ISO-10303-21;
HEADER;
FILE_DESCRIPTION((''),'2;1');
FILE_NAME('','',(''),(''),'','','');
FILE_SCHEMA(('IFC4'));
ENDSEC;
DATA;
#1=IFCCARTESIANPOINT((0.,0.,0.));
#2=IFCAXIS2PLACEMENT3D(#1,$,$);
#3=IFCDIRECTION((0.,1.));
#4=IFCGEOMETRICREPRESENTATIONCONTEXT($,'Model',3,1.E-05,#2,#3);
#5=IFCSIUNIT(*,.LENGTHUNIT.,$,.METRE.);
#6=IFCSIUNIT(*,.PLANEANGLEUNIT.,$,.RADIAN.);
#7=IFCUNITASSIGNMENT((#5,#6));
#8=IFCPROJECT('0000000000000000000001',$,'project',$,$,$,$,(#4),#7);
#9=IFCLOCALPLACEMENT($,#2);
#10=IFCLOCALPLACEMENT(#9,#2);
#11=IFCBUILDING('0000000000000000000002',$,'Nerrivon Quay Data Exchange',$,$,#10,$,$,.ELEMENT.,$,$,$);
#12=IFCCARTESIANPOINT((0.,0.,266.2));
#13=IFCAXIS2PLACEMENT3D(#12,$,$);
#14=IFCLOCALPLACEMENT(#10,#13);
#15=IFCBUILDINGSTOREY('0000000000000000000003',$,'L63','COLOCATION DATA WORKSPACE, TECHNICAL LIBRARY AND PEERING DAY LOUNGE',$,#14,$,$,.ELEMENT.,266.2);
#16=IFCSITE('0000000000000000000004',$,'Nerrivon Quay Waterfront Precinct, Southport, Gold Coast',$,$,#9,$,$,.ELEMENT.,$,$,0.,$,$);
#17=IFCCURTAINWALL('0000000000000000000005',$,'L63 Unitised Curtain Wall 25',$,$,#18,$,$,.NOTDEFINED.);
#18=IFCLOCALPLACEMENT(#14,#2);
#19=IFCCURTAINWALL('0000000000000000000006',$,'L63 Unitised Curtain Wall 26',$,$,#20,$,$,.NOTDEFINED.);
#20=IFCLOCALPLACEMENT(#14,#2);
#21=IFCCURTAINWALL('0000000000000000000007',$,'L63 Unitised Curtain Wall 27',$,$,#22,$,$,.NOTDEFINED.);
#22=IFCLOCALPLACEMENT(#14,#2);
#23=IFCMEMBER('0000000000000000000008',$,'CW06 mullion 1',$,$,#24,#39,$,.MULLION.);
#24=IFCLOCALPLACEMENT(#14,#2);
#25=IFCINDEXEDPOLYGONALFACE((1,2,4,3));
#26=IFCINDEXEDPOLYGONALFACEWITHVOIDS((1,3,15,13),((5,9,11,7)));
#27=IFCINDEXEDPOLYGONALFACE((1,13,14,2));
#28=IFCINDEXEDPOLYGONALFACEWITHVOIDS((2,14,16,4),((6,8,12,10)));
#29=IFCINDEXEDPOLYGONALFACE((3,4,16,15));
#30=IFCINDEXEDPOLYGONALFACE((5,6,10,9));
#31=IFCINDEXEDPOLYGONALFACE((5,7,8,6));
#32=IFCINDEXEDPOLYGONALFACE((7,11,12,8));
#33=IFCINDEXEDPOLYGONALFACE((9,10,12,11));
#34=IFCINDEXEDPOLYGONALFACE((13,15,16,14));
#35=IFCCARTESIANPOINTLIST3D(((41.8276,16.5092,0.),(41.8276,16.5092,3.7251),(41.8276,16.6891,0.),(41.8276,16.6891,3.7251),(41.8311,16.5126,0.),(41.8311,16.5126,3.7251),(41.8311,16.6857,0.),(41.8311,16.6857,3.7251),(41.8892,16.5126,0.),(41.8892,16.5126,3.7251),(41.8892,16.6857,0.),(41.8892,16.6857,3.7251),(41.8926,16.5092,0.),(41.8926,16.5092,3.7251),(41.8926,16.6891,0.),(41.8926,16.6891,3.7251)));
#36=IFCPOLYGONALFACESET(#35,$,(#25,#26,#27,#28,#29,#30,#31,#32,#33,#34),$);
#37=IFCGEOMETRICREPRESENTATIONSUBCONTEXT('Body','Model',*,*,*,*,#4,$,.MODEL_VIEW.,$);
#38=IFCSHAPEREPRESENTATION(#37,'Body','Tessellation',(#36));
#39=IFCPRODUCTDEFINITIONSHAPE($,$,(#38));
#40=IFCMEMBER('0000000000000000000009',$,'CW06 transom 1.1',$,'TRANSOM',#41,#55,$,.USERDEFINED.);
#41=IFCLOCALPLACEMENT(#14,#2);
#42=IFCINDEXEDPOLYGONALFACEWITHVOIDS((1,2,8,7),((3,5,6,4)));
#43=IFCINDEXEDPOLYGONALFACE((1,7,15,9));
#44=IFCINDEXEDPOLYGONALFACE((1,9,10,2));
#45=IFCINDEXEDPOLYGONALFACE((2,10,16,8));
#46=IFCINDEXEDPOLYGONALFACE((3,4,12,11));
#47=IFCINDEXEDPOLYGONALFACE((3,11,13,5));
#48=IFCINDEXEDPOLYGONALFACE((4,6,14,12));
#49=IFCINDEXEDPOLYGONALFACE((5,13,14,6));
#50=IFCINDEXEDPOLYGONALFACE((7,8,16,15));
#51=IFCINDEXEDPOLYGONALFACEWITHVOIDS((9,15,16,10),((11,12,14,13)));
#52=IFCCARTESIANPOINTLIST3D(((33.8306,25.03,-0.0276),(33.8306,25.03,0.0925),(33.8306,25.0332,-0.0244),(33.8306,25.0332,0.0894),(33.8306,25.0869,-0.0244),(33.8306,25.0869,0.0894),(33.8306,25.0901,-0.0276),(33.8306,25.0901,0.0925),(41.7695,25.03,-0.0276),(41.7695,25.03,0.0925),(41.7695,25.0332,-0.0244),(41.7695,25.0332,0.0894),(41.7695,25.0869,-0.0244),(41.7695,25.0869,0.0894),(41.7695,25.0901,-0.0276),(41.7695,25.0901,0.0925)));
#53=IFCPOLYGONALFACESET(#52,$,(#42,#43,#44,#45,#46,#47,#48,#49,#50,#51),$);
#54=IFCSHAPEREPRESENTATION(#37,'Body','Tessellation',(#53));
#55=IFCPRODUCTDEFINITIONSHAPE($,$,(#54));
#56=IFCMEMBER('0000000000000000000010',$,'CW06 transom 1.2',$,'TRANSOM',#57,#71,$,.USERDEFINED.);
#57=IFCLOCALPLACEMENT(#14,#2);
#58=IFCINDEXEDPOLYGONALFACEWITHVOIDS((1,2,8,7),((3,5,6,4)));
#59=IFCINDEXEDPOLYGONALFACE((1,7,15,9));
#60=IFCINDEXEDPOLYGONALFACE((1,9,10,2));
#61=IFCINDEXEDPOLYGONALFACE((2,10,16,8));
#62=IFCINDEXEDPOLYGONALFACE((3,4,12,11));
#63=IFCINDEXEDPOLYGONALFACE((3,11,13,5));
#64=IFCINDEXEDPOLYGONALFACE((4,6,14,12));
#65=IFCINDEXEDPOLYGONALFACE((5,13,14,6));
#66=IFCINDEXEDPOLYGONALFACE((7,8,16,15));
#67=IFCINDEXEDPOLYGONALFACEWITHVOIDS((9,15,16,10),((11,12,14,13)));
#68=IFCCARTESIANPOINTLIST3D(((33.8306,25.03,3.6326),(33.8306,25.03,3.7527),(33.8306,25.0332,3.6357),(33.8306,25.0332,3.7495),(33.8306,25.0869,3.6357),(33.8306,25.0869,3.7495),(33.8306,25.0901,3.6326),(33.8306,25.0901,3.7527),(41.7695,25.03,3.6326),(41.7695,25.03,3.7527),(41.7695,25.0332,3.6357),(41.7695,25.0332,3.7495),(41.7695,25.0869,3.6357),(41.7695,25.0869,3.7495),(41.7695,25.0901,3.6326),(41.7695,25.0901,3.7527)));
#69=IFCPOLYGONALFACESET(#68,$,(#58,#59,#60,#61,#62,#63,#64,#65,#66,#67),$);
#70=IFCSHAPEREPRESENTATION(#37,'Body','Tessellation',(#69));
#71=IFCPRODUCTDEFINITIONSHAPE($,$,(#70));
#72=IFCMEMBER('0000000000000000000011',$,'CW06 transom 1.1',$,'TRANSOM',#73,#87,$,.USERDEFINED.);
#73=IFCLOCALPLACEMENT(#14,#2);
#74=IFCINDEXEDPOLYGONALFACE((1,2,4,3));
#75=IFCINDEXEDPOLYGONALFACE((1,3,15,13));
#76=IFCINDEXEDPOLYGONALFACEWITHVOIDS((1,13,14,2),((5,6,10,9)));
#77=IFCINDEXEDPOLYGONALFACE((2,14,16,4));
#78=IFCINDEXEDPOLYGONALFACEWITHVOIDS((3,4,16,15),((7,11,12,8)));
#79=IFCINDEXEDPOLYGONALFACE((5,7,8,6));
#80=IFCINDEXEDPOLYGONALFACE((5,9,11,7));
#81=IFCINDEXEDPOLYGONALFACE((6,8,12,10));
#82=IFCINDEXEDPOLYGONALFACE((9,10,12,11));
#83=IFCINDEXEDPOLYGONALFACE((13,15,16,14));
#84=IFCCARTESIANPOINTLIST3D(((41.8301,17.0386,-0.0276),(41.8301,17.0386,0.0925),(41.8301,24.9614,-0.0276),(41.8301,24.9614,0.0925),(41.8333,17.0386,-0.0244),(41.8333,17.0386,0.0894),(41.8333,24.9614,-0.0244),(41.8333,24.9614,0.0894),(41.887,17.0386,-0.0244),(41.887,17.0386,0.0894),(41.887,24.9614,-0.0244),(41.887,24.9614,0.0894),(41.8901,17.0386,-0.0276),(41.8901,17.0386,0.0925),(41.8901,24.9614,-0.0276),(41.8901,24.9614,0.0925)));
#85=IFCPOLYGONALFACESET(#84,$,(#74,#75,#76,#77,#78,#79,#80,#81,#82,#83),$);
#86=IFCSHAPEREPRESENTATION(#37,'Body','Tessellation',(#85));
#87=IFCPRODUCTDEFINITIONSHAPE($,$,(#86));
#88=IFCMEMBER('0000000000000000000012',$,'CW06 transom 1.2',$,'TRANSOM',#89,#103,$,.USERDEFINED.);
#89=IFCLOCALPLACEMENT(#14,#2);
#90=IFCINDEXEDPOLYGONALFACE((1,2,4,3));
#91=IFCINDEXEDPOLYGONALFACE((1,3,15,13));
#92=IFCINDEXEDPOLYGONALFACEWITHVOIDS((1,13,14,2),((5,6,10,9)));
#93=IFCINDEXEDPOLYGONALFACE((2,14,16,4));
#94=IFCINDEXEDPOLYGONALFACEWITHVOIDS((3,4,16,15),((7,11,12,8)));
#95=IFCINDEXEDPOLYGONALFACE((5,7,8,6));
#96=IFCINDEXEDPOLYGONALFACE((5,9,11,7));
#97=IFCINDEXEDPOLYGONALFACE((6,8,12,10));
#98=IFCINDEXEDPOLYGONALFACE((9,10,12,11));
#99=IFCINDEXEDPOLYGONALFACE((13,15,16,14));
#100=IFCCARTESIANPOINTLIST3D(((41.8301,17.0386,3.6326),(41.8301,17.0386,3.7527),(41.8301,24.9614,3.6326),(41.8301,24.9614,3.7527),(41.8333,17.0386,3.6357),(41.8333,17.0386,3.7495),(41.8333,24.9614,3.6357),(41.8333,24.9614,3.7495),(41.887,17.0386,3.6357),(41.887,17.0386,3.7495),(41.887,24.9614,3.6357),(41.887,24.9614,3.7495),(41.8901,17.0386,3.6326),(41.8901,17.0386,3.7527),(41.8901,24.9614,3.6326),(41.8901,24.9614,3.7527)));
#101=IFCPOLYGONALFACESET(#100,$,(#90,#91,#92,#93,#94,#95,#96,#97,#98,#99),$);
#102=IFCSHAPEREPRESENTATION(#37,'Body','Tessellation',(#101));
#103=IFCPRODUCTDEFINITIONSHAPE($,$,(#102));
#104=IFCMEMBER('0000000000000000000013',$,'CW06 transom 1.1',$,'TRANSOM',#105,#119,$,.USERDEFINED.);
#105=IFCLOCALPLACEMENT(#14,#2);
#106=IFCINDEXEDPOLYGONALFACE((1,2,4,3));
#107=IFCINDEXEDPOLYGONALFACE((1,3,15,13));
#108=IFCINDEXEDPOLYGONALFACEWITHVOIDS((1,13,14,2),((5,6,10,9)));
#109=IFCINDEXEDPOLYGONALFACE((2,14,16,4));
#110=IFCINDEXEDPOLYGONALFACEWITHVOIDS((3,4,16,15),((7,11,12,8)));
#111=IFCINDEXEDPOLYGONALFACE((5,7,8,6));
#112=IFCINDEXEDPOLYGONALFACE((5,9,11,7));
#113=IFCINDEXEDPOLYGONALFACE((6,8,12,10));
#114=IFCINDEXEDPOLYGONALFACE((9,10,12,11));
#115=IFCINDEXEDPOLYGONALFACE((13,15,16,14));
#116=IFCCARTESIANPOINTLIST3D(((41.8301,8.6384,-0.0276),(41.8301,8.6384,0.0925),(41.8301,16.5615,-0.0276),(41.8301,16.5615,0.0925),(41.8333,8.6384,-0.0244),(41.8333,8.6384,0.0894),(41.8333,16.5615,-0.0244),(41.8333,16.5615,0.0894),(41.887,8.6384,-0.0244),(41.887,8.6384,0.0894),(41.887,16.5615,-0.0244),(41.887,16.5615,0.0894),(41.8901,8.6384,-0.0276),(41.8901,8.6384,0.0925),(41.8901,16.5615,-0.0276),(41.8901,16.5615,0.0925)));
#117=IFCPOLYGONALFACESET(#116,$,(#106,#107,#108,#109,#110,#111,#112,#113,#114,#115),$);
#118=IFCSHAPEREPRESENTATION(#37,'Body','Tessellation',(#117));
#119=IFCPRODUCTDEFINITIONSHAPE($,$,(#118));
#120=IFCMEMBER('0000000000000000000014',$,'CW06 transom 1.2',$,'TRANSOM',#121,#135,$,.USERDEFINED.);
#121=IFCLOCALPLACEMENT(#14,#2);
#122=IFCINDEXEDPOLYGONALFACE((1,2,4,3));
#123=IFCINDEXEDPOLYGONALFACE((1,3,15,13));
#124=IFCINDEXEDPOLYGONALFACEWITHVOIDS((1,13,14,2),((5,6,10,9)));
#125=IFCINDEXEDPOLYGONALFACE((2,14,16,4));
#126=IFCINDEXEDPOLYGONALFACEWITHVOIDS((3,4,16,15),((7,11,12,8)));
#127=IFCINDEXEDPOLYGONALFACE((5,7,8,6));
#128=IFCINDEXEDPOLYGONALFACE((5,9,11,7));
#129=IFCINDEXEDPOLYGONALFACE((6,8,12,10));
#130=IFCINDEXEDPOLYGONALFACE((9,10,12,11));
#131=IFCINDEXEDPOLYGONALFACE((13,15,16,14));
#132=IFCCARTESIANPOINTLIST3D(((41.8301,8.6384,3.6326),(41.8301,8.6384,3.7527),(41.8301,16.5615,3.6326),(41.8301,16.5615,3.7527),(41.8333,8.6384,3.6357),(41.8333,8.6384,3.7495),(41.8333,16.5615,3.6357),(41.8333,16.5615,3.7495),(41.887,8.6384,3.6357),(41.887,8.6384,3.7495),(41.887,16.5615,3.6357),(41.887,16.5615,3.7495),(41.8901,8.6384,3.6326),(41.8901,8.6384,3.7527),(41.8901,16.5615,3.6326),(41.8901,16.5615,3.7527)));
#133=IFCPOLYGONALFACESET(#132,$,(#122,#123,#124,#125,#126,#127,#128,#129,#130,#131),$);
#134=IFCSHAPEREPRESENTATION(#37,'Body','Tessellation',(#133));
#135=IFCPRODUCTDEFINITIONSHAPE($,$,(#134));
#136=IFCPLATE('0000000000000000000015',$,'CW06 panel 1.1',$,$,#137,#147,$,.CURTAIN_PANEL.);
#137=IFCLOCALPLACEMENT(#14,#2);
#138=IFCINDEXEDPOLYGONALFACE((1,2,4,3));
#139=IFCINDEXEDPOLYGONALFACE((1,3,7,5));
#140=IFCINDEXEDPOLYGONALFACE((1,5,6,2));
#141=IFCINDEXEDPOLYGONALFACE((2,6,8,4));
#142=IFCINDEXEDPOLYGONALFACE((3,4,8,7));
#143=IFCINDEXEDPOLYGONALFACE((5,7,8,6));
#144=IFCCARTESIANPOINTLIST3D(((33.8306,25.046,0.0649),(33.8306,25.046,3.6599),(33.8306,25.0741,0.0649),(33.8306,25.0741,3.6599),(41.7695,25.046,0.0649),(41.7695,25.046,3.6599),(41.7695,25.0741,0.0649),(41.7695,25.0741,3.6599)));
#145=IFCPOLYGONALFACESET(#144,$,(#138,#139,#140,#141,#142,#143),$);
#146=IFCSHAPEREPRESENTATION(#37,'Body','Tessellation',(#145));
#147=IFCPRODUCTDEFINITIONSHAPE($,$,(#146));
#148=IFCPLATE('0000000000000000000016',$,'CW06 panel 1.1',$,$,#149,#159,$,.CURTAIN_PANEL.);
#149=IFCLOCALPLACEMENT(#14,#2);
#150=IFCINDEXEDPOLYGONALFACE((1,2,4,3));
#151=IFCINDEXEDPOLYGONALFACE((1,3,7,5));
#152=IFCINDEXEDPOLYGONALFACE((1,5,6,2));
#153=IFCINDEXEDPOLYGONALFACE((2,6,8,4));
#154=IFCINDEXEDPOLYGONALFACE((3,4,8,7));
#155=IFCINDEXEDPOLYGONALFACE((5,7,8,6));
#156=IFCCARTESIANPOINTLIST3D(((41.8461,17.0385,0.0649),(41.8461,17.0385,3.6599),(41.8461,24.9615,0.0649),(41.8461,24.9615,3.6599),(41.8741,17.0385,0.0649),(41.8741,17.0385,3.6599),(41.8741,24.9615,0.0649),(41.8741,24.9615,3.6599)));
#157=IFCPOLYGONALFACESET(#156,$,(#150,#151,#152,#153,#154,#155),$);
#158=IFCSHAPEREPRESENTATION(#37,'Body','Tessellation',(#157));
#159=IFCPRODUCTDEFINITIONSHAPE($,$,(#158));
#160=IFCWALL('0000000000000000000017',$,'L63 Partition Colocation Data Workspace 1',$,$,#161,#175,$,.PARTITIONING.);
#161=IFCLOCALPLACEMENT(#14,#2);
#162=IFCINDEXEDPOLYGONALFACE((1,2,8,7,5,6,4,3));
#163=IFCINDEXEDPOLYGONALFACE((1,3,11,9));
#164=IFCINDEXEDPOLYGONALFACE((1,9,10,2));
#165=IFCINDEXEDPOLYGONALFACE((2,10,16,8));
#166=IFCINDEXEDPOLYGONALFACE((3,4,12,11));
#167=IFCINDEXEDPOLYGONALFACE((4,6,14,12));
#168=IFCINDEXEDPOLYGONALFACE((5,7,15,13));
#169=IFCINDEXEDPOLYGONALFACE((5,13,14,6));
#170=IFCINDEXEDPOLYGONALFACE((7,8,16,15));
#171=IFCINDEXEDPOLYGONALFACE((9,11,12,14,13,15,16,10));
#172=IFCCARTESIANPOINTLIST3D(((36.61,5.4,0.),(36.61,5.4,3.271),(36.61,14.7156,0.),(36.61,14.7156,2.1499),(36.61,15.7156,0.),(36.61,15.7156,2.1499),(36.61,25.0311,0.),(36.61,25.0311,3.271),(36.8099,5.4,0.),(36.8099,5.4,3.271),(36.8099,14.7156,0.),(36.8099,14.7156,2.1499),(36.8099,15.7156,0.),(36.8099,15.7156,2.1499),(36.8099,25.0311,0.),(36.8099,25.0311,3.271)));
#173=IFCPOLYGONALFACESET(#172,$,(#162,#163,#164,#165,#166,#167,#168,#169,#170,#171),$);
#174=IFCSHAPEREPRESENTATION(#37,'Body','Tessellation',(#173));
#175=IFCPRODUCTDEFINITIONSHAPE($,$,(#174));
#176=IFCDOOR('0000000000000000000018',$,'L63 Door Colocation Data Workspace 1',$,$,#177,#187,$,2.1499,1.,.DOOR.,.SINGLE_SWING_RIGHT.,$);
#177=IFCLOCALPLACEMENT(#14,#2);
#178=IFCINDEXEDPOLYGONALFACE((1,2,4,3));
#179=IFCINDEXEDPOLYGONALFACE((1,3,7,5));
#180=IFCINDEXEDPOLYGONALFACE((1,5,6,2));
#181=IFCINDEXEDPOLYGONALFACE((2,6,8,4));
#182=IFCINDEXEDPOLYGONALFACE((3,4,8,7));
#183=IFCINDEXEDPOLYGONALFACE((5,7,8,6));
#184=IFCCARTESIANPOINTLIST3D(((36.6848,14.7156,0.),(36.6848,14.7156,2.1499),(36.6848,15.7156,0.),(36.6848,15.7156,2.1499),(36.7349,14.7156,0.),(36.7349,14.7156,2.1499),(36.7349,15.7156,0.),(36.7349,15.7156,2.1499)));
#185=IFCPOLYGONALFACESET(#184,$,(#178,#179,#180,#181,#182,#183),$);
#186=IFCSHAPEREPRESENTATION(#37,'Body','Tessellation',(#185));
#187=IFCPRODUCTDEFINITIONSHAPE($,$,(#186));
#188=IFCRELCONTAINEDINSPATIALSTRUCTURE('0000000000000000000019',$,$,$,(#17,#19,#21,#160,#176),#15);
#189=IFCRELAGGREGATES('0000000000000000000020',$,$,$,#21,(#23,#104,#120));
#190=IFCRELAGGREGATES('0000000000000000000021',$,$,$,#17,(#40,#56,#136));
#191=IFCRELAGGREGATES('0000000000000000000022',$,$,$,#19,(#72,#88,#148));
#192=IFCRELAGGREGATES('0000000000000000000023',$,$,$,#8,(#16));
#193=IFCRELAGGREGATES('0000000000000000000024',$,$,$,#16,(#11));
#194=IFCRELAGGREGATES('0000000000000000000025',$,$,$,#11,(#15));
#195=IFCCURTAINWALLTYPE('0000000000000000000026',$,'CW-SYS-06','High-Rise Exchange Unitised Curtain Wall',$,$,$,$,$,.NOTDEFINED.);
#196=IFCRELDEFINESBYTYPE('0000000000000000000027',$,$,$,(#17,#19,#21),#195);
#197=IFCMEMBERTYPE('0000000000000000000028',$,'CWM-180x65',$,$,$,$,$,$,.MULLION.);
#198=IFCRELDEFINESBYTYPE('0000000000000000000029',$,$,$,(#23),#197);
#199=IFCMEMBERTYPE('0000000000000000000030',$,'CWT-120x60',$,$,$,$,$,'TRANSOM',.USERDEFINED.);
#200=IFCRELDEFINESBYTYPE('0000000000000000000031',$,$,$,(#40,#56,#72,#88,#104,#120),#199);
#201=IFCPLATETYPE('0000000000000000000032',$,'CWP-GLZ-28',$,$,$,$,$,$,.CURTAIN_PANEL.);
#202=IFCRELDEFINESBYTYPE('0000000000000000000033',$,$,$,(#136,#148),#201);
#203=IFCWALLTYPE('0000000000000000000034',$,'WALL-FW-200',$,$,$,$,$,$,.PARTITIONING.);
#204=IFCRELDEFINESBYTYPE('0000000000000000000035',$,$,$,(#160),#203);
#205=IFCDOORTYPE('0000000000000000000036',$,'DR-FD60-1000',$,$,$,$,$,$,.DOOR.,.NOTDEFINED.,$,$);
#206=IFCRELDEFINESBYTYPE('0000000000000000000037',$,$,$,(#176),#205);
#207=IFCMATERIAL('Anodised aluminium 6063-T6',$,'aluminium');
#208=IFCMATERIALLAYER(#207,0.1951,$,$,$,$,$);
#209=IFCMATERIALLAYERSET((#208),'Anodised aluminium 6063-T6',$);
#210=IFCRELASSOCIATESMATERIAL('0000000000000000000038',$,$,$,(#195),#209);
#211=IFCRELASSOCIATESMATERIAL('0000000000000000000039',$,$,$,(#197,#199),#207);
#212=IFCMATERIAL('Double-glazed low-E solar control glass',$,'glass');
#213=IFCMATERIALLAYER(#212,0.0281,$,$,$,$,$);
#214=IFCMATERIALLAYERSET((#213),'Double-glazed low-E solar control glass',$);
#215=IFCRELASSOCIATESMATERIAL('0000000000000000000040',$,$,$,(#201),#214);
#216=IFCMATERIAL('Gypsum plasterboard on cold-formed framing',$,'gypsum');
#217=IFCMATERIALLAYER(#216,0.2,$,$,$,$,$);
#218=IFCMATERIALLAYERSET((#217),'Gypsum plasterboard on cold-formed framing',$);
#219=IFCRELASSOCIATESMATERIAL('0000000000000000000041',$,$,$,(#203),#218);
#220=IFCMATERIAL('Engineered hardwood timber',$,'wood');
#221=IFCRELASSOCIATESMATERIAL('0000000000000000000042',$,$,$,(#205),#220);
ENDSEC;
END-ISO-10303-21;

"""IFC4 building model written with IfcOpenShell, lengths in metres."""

from ifc_helpers import new_model, si_unit, direction, frame, frame_2d, origin, origin_2d, place, context, subcontext, project, spatial, rectangle, hollow_rectangle, extrude, material, layer, layer_set, material_profile, profile_set, type_object, element, fill, aggregate, save


model = new_model("IFC4")

# Units and contexts
model_context = context("Model", 3, precision=1e-05, world=origin(), true_north=direction((0.0, 1.0)))
body_context = subcontext(model_context, "Body", "Model", "MODEL_VIEW")
ifc_project = project(units=[si_unit("LENGTHUNIT", "METRE"), si_unit("PLANEANGLEUNIT", "RADIAN")], contexts=[model_context])

# Site, building, storey
site_placement = place(None, origin())
site = spatial("IfcSite", under=ifc_project, at=site_placement, Name="Nerrivon Quay Waterfront Precinct, Southport, Gold Coast", CompositionType="ELEMENT", RefElevation=0.0)
building_placement = place(site_placement, origin())
building = spatial("IfcBuilding", under=site, at=building_placement, Name="Nerrivon Quay Data Exchange", CompositionType="ELEMENT")
storey_placement = place(building_placement, frame((0.0, 0.0, 266.2)))
storey = spatial("IfcBuildingStorey", under=building, at=storey_placement, Name="L63", Description="COLOCATION DATA WORKSPACE, TECHNICAL LIBRARY AND PEERING DAY LOUNGE", CompositionType="ELEMENT", Elevation=266.2)

# Curtain walls
ifc_material_1 = material(Name="Anodised aluminium 6063-T6", Category="aluminium")
ifc_layer_1 = layer(ifc_material_1, 0.1951)
ifc_layer_set_1 = layer_set([ifc_layer_1], Name="Anodised aluminium 6063-T6")
curtain_wall_type = type_object("IfcCurtainWallType", Name="CW-SYS-06", Description="High-Rise Exchange Unitised Curtain Wall", PredefinedType="NOTDEFINED", material=ifc_layer_set_1)
curtain_wall_1_placement = place(storey_placement, origin())
curtain_wall_1 = element("IfcCurtainWall", 1, at=curtain_wall_1_placement, inside=storey, type_object=curtain_wall_type, Name="L63 Unitised Curtain Wall 25", PredefinedType="NOTDEFINED")
ifc_material_profile_1 = material_profile(ifc_material_1, hollow_rectangle(XDim=0.0649, YDim=0.1799, WallThickness=0.0034, at=origin_2d()), Name="ALU-MULL-180x65")
ifc_profile_set_1 = profile_set([ifc_material_profile_1], Name="Anodised aluminium 6063-T6")
member_type_1 = type_object("IfcMemberType", Name="CWM-180x65", PredefinedType="MULLION", material=ifc_profile_set_1)
curtain_wall_2_placement = place(storey_placement, origin())
curtain_wall_2 = element("IfcCurtainWall", 2, at=curtain_wall_2_placement, inside=storey, type_object=curtain_wall_type, Name="L63 Unitised Curtain Wall 26", PredefinedType="NOTDEFINED")

# Curtain wall, member
curtain_wall_3_placement = place(storey_placement, origin())
curtain_wall_3 = element("IfcCurtainWall", 3, at=curtain_wall_3_placement, inside=storey, type_object=curtain_wall_type, Name="L63 Unitised Curtain Wall 27", PredefinedType="NOTDEFINED")
member_1_placement = place(storey_placement, frame((41.8601, 16.5991, 0.0), z_axis=(0.0, 0.0, 1.0), x_axis=(1.0, 0.0, 0.0)))
member_1 = element("IfcMember", 4, at=member_1_placement, type_object=member_type_1, Name="CW06 mullion 1", PredefinedType="MULLION", context=body_context, shape_type="SweptSolid", body=[
    extrude(hollow_rectangle(XDim=0.0649, YDim=0.1799, WallThickness=0.0034, at=origin_2d()), origin(), (0.0, 0.0, 1.0), 3.7251),
])

# Members
ifc_material_profile_2 = material_profile(ifc_material_1, hollow_rectangle(XDim=0.0601, YDim=0.1201, WallThickness=0.0032, at=origin_2d()), Name="ALU-TRAN-120x60")
ifc_profile_set_2 = profile_set([ifc_material_profile_2], Name="Anodised aluminium 6063-T6")
member_type_2 = type_object("IfcMemberType", Name="CWT-120x60", ElementType="TRANSOM", PredefinedType="USERDEFINED", material=ifc_profile_set_2)
member_2_placement = place(storey_placement, frame((33.8306, 25.0601, 0.0325), z_axis=(1.0, 0.0, 0.0), x_axis=(0.0, 1.0, 0.0)))
member_2 = element("IfcMember", 5, at=member_2_placement, type_object=member_type_2, Name="CW06 transom 1.1", ObjectType="TRANSOM", PredefinedType="USERDEFINED", context=body_context, shape_type="SweptSolid", body=[
    extrude(hollow_rectangle(XDim=0.0601, YDim=0.1201, WallThickness=0.0032, at=origin_2d()), origin(), (0.0, 0.0, 1.0), 7.939),
])
member_3_placement = place(storey_placement, frame((33.8306, 25.0601, 3.6926), z_axis=(1.0, 0.0, 0.0), x_axis=(0.0, 1.0, 0.0)))
member_3 = element("IfcMember", 6, at=member_3_placement, type_object=member_type_2, Name="CW06 transom 1.2", ObjectType="TRANSOM", PredefinedType="USERDEFINED", context=body_context, shape_type="SweptSolid", body=[
    extrude(hollow_rectangle(XDim=0.0601, YDim=0.1201, WallThickness=0.0032, at=origin_2d()), origin(), (0.0, 0.0, 1.0), 7.939),
])
member_4_placement = place(storey_placement, frame((41.8601, 24.9614, 0.0325), z_axis=(0.0, -1.0, 0.0), x_axis=(1.0, 0.0, 0.0)))
member_4 = element("IfcMember", 7, at=member_4_placement, type_object=member_type_2, Name="CW06 transom 1.1", ObjectType="TRANSOM", PredefinedType="USERDEFINED", context=body_context, shape_type="SweptSolid", body=[
    extrude(hollow_rectangle(XDim=0.0601, YDim=0.1201, WallThickness=0.0032, at=origin_2d()), origin(), (0.0, 0.0, 1.0), 7.9229),
])
member_5_placement = place(storey_placement, frame((41.8601, 24.9614, 3.6926), z_axis=(0.0, -1.0, 0.0), x_axis=(1.0, 0.0, 0.0)))
member_5 = element("IfcMember", 8, at=member_5_placement, type_object=member_type_2, Name="CW06 transom 1.2", ObjectType="TRANSOM", PredefinedType="USERDEFINED", context=body_context, shape_type="SweptSolid", body=[
    extrude(hollow_rectangle(XDim=0.0601, YDim=0.1201, WallThickness=0.0032, at=origin_2d()), origin(), (0.0, 0.0, 1.0), 7.9229),
])
member_6_placement = place(storey_placement, frame((41.8601, 16.5615, 0.0325), z_axis=(0.0, -1.0, 0.0), x_axis=(1.0, 0.0, 0.0)))
member_6 = element("IfcMember", 9, at=member_6_placement, type_object=member_type_2, Name="CW06 transom 1.1", ObjectType="TRANSOM", PredefinedType="USERDEFINED", context=body_context, shape_type="SweptSolid", body=[
    extrude(hollow_rectangle(XDim=0.0601, YDim=0.1201, WallThickness=0.0032, at=origin_2d()), origin(), (0.0, 0.0, 1.0), 7.9231),
])
member_7_placement = place(storey_placement, frame((41.8601, 16.5615, 3.6926), z_axis=(0.0, -1.0, 0.0), x_axis=(1.0, 0.0, 0.0)))
member_7 = element("IfcMember", 10, at=member_7_placement, type_object=member_type_2, Name="CW06 transom 1.2", ObjectType="TRANSOM", PredefinedType="USERDEFINED", context=body_context, shape_type="SweptSolid", body=[
    extrude(hollow_rectangle(XDim=0.0601, YDim=0.1201, WallThickness=0.0032, at=origin_2d()), origin(), (0.0, 0.0, 1.0), 7.9231),
])
aggregate(curtain_wall_3, [member_1, member_6, member_7])

# Plates
ifc_material_2 = material(Name="Double-glazed low-E solar control glass", Category="glass")
ifc_layer_2 = layer(ifc_material_2, 0.0281)
ifc_layer_set_2 = layer_set([ifc_layer_2], Name="Double-glazed low-E solar control glass")
plate_type = type_object("IfcPlateType", Name="CWP-GLZ-28", PredefinedType="CURTAIN_PANEL", material=ifc_layer_set_2)
plate_1_placement = place(storey_placement, frame((37.8, 25.0601, 0.0649), z_axis=(0.0, 0.0, 1.0), x_axis=(1.0, 0.0, 0.0)))
plate_1 = element("IfcPlate", 11, at=plate_1_placement, type_object=plate_type, Name="CW06 panel 1.1", PredefinedType="CURTAIN_PANEL", context=body_context, shape_type="SweptSolid", body=[
    extrude(rectangle(XDim=7.939, YDim=0.0281, at=origin_2d()), origin(), (0.0, 0.0, 1.0), 3.595),
])
aggregate(curtain_wall_1, [member_2, member_3, plate_1])
plate_2_placement = place(storey_placement, frame((41.8601, 21.0, 0.0649), z_axis=(0.0, 0.0, 1.0), x_axis=(0.0, -1.0, 0.0)))
plate_2 = element("IfcPlate", 12, at=plate_2_placement, type_object=plate_type, Name="CW06 panel 1.1", PredefinedType="CURTAIN_PANEL", context=body_context, shape_type="SweptSolid", body=[
    extrude(rectangle(XDim=7.9231, YDim=0.0281, at=origin_2d()), origin(), (0.0, 0.0, 1.0), 3.595),
])
aggregate(curtain_wall_2, [member_4, member_5, plate_2])

# Wall, opening, door
ifc_material_3 = material(Name="Gypsum plasterboard on cold-formed framing", Category="gypsum")
ifc_layer_3 = layer(ifc_material_3, 0.2)
ifc_layer_set_3 = layer_set([ifc_layer_3], Name="Gypsum plasterboard on cold-formed framing")
wall_type_1 = type_object("IfcWallType", Name="WALL-FW-200", PredefinedType="PARTITIONING", material=ifc_layer_set_3)
wall_1_placement = place(storey_placement, frame((36.71, 25.031, 0.0), z_axis=(0.0, 0.0, 1.0), x_axis=(0.0, -1.0, 0.0)))
wall_1 = element("IfcWall", 13, at=wall_1_placement, inside=storey, type_object=wall_type_1, Name="L63 Partition Colocation Data Workspace 1", PredefinedType="PARTITIONING", context=body_context, shape_type="SweptSolid", body=[
    extrude(rectangle(XDim=19.6311, YDim=0.2, at=frame_2d((9.8154, 0.0))), origin(), (0.0, 0.0, 1.0), 3.271),
])
opening_1_placement = place(wall_1_placement, frame((9.3154, 0.0, 0.0)))
opening_1 = element("IfcOpeningElement", 14, at=opening_1_placement, cuts=wall_1, PredefinedType="OPENING", context=body_context, shape_type="SweptSolid", body=[
    extrude(rectangle(XDim=1.0, YDim=2.1499, at=frame_2d((0.5, 1.075))), frame((0.0, 0.1099, 0.0), z_axis=(0.0, -1.0, 0.0), x_axis=(1.0, 0.0, 0.0)), (0.0, 0.0, 1.0), 0.22),
])
ifc_material_4 = material(Name="Engineered hardwood timber", Category="wood")
door_type_1 = type_object("IfcDoorType", Name="DR-FD60-1000", OperationType="NOTDEFINED", PredefinedType="DOOR", material=ifc_material_4)
door_1_placement = place(opening_1_placement, origin())
door_1 = element("IfcDoor", 15, at=door_1_placement, inside=storey, type_object=door_type_1, Name="L63 Door Colocation Data Workspace 1", OperationType="SINGLE_SWING_RIGHT", OverallHeight=2.1499, OverallWidth=1.0, PredefinedType="DOOR", context=body_context, shape_type="SweptSolid", body=[
    extrude(rectangle(XDim=1.0, YDim=2.1499, at=frame_2d((0.5, 1.075))), frame((0.0, 0.0249, 0.0), z_axis=(0.0, -1.0, 0.0), x_axis=(1.0, 0.0, 0.0)), (0.0, 0.0, 1.0), 0.05),
])
fill(opening_1, door_1)

save(model, "model.ifc")
